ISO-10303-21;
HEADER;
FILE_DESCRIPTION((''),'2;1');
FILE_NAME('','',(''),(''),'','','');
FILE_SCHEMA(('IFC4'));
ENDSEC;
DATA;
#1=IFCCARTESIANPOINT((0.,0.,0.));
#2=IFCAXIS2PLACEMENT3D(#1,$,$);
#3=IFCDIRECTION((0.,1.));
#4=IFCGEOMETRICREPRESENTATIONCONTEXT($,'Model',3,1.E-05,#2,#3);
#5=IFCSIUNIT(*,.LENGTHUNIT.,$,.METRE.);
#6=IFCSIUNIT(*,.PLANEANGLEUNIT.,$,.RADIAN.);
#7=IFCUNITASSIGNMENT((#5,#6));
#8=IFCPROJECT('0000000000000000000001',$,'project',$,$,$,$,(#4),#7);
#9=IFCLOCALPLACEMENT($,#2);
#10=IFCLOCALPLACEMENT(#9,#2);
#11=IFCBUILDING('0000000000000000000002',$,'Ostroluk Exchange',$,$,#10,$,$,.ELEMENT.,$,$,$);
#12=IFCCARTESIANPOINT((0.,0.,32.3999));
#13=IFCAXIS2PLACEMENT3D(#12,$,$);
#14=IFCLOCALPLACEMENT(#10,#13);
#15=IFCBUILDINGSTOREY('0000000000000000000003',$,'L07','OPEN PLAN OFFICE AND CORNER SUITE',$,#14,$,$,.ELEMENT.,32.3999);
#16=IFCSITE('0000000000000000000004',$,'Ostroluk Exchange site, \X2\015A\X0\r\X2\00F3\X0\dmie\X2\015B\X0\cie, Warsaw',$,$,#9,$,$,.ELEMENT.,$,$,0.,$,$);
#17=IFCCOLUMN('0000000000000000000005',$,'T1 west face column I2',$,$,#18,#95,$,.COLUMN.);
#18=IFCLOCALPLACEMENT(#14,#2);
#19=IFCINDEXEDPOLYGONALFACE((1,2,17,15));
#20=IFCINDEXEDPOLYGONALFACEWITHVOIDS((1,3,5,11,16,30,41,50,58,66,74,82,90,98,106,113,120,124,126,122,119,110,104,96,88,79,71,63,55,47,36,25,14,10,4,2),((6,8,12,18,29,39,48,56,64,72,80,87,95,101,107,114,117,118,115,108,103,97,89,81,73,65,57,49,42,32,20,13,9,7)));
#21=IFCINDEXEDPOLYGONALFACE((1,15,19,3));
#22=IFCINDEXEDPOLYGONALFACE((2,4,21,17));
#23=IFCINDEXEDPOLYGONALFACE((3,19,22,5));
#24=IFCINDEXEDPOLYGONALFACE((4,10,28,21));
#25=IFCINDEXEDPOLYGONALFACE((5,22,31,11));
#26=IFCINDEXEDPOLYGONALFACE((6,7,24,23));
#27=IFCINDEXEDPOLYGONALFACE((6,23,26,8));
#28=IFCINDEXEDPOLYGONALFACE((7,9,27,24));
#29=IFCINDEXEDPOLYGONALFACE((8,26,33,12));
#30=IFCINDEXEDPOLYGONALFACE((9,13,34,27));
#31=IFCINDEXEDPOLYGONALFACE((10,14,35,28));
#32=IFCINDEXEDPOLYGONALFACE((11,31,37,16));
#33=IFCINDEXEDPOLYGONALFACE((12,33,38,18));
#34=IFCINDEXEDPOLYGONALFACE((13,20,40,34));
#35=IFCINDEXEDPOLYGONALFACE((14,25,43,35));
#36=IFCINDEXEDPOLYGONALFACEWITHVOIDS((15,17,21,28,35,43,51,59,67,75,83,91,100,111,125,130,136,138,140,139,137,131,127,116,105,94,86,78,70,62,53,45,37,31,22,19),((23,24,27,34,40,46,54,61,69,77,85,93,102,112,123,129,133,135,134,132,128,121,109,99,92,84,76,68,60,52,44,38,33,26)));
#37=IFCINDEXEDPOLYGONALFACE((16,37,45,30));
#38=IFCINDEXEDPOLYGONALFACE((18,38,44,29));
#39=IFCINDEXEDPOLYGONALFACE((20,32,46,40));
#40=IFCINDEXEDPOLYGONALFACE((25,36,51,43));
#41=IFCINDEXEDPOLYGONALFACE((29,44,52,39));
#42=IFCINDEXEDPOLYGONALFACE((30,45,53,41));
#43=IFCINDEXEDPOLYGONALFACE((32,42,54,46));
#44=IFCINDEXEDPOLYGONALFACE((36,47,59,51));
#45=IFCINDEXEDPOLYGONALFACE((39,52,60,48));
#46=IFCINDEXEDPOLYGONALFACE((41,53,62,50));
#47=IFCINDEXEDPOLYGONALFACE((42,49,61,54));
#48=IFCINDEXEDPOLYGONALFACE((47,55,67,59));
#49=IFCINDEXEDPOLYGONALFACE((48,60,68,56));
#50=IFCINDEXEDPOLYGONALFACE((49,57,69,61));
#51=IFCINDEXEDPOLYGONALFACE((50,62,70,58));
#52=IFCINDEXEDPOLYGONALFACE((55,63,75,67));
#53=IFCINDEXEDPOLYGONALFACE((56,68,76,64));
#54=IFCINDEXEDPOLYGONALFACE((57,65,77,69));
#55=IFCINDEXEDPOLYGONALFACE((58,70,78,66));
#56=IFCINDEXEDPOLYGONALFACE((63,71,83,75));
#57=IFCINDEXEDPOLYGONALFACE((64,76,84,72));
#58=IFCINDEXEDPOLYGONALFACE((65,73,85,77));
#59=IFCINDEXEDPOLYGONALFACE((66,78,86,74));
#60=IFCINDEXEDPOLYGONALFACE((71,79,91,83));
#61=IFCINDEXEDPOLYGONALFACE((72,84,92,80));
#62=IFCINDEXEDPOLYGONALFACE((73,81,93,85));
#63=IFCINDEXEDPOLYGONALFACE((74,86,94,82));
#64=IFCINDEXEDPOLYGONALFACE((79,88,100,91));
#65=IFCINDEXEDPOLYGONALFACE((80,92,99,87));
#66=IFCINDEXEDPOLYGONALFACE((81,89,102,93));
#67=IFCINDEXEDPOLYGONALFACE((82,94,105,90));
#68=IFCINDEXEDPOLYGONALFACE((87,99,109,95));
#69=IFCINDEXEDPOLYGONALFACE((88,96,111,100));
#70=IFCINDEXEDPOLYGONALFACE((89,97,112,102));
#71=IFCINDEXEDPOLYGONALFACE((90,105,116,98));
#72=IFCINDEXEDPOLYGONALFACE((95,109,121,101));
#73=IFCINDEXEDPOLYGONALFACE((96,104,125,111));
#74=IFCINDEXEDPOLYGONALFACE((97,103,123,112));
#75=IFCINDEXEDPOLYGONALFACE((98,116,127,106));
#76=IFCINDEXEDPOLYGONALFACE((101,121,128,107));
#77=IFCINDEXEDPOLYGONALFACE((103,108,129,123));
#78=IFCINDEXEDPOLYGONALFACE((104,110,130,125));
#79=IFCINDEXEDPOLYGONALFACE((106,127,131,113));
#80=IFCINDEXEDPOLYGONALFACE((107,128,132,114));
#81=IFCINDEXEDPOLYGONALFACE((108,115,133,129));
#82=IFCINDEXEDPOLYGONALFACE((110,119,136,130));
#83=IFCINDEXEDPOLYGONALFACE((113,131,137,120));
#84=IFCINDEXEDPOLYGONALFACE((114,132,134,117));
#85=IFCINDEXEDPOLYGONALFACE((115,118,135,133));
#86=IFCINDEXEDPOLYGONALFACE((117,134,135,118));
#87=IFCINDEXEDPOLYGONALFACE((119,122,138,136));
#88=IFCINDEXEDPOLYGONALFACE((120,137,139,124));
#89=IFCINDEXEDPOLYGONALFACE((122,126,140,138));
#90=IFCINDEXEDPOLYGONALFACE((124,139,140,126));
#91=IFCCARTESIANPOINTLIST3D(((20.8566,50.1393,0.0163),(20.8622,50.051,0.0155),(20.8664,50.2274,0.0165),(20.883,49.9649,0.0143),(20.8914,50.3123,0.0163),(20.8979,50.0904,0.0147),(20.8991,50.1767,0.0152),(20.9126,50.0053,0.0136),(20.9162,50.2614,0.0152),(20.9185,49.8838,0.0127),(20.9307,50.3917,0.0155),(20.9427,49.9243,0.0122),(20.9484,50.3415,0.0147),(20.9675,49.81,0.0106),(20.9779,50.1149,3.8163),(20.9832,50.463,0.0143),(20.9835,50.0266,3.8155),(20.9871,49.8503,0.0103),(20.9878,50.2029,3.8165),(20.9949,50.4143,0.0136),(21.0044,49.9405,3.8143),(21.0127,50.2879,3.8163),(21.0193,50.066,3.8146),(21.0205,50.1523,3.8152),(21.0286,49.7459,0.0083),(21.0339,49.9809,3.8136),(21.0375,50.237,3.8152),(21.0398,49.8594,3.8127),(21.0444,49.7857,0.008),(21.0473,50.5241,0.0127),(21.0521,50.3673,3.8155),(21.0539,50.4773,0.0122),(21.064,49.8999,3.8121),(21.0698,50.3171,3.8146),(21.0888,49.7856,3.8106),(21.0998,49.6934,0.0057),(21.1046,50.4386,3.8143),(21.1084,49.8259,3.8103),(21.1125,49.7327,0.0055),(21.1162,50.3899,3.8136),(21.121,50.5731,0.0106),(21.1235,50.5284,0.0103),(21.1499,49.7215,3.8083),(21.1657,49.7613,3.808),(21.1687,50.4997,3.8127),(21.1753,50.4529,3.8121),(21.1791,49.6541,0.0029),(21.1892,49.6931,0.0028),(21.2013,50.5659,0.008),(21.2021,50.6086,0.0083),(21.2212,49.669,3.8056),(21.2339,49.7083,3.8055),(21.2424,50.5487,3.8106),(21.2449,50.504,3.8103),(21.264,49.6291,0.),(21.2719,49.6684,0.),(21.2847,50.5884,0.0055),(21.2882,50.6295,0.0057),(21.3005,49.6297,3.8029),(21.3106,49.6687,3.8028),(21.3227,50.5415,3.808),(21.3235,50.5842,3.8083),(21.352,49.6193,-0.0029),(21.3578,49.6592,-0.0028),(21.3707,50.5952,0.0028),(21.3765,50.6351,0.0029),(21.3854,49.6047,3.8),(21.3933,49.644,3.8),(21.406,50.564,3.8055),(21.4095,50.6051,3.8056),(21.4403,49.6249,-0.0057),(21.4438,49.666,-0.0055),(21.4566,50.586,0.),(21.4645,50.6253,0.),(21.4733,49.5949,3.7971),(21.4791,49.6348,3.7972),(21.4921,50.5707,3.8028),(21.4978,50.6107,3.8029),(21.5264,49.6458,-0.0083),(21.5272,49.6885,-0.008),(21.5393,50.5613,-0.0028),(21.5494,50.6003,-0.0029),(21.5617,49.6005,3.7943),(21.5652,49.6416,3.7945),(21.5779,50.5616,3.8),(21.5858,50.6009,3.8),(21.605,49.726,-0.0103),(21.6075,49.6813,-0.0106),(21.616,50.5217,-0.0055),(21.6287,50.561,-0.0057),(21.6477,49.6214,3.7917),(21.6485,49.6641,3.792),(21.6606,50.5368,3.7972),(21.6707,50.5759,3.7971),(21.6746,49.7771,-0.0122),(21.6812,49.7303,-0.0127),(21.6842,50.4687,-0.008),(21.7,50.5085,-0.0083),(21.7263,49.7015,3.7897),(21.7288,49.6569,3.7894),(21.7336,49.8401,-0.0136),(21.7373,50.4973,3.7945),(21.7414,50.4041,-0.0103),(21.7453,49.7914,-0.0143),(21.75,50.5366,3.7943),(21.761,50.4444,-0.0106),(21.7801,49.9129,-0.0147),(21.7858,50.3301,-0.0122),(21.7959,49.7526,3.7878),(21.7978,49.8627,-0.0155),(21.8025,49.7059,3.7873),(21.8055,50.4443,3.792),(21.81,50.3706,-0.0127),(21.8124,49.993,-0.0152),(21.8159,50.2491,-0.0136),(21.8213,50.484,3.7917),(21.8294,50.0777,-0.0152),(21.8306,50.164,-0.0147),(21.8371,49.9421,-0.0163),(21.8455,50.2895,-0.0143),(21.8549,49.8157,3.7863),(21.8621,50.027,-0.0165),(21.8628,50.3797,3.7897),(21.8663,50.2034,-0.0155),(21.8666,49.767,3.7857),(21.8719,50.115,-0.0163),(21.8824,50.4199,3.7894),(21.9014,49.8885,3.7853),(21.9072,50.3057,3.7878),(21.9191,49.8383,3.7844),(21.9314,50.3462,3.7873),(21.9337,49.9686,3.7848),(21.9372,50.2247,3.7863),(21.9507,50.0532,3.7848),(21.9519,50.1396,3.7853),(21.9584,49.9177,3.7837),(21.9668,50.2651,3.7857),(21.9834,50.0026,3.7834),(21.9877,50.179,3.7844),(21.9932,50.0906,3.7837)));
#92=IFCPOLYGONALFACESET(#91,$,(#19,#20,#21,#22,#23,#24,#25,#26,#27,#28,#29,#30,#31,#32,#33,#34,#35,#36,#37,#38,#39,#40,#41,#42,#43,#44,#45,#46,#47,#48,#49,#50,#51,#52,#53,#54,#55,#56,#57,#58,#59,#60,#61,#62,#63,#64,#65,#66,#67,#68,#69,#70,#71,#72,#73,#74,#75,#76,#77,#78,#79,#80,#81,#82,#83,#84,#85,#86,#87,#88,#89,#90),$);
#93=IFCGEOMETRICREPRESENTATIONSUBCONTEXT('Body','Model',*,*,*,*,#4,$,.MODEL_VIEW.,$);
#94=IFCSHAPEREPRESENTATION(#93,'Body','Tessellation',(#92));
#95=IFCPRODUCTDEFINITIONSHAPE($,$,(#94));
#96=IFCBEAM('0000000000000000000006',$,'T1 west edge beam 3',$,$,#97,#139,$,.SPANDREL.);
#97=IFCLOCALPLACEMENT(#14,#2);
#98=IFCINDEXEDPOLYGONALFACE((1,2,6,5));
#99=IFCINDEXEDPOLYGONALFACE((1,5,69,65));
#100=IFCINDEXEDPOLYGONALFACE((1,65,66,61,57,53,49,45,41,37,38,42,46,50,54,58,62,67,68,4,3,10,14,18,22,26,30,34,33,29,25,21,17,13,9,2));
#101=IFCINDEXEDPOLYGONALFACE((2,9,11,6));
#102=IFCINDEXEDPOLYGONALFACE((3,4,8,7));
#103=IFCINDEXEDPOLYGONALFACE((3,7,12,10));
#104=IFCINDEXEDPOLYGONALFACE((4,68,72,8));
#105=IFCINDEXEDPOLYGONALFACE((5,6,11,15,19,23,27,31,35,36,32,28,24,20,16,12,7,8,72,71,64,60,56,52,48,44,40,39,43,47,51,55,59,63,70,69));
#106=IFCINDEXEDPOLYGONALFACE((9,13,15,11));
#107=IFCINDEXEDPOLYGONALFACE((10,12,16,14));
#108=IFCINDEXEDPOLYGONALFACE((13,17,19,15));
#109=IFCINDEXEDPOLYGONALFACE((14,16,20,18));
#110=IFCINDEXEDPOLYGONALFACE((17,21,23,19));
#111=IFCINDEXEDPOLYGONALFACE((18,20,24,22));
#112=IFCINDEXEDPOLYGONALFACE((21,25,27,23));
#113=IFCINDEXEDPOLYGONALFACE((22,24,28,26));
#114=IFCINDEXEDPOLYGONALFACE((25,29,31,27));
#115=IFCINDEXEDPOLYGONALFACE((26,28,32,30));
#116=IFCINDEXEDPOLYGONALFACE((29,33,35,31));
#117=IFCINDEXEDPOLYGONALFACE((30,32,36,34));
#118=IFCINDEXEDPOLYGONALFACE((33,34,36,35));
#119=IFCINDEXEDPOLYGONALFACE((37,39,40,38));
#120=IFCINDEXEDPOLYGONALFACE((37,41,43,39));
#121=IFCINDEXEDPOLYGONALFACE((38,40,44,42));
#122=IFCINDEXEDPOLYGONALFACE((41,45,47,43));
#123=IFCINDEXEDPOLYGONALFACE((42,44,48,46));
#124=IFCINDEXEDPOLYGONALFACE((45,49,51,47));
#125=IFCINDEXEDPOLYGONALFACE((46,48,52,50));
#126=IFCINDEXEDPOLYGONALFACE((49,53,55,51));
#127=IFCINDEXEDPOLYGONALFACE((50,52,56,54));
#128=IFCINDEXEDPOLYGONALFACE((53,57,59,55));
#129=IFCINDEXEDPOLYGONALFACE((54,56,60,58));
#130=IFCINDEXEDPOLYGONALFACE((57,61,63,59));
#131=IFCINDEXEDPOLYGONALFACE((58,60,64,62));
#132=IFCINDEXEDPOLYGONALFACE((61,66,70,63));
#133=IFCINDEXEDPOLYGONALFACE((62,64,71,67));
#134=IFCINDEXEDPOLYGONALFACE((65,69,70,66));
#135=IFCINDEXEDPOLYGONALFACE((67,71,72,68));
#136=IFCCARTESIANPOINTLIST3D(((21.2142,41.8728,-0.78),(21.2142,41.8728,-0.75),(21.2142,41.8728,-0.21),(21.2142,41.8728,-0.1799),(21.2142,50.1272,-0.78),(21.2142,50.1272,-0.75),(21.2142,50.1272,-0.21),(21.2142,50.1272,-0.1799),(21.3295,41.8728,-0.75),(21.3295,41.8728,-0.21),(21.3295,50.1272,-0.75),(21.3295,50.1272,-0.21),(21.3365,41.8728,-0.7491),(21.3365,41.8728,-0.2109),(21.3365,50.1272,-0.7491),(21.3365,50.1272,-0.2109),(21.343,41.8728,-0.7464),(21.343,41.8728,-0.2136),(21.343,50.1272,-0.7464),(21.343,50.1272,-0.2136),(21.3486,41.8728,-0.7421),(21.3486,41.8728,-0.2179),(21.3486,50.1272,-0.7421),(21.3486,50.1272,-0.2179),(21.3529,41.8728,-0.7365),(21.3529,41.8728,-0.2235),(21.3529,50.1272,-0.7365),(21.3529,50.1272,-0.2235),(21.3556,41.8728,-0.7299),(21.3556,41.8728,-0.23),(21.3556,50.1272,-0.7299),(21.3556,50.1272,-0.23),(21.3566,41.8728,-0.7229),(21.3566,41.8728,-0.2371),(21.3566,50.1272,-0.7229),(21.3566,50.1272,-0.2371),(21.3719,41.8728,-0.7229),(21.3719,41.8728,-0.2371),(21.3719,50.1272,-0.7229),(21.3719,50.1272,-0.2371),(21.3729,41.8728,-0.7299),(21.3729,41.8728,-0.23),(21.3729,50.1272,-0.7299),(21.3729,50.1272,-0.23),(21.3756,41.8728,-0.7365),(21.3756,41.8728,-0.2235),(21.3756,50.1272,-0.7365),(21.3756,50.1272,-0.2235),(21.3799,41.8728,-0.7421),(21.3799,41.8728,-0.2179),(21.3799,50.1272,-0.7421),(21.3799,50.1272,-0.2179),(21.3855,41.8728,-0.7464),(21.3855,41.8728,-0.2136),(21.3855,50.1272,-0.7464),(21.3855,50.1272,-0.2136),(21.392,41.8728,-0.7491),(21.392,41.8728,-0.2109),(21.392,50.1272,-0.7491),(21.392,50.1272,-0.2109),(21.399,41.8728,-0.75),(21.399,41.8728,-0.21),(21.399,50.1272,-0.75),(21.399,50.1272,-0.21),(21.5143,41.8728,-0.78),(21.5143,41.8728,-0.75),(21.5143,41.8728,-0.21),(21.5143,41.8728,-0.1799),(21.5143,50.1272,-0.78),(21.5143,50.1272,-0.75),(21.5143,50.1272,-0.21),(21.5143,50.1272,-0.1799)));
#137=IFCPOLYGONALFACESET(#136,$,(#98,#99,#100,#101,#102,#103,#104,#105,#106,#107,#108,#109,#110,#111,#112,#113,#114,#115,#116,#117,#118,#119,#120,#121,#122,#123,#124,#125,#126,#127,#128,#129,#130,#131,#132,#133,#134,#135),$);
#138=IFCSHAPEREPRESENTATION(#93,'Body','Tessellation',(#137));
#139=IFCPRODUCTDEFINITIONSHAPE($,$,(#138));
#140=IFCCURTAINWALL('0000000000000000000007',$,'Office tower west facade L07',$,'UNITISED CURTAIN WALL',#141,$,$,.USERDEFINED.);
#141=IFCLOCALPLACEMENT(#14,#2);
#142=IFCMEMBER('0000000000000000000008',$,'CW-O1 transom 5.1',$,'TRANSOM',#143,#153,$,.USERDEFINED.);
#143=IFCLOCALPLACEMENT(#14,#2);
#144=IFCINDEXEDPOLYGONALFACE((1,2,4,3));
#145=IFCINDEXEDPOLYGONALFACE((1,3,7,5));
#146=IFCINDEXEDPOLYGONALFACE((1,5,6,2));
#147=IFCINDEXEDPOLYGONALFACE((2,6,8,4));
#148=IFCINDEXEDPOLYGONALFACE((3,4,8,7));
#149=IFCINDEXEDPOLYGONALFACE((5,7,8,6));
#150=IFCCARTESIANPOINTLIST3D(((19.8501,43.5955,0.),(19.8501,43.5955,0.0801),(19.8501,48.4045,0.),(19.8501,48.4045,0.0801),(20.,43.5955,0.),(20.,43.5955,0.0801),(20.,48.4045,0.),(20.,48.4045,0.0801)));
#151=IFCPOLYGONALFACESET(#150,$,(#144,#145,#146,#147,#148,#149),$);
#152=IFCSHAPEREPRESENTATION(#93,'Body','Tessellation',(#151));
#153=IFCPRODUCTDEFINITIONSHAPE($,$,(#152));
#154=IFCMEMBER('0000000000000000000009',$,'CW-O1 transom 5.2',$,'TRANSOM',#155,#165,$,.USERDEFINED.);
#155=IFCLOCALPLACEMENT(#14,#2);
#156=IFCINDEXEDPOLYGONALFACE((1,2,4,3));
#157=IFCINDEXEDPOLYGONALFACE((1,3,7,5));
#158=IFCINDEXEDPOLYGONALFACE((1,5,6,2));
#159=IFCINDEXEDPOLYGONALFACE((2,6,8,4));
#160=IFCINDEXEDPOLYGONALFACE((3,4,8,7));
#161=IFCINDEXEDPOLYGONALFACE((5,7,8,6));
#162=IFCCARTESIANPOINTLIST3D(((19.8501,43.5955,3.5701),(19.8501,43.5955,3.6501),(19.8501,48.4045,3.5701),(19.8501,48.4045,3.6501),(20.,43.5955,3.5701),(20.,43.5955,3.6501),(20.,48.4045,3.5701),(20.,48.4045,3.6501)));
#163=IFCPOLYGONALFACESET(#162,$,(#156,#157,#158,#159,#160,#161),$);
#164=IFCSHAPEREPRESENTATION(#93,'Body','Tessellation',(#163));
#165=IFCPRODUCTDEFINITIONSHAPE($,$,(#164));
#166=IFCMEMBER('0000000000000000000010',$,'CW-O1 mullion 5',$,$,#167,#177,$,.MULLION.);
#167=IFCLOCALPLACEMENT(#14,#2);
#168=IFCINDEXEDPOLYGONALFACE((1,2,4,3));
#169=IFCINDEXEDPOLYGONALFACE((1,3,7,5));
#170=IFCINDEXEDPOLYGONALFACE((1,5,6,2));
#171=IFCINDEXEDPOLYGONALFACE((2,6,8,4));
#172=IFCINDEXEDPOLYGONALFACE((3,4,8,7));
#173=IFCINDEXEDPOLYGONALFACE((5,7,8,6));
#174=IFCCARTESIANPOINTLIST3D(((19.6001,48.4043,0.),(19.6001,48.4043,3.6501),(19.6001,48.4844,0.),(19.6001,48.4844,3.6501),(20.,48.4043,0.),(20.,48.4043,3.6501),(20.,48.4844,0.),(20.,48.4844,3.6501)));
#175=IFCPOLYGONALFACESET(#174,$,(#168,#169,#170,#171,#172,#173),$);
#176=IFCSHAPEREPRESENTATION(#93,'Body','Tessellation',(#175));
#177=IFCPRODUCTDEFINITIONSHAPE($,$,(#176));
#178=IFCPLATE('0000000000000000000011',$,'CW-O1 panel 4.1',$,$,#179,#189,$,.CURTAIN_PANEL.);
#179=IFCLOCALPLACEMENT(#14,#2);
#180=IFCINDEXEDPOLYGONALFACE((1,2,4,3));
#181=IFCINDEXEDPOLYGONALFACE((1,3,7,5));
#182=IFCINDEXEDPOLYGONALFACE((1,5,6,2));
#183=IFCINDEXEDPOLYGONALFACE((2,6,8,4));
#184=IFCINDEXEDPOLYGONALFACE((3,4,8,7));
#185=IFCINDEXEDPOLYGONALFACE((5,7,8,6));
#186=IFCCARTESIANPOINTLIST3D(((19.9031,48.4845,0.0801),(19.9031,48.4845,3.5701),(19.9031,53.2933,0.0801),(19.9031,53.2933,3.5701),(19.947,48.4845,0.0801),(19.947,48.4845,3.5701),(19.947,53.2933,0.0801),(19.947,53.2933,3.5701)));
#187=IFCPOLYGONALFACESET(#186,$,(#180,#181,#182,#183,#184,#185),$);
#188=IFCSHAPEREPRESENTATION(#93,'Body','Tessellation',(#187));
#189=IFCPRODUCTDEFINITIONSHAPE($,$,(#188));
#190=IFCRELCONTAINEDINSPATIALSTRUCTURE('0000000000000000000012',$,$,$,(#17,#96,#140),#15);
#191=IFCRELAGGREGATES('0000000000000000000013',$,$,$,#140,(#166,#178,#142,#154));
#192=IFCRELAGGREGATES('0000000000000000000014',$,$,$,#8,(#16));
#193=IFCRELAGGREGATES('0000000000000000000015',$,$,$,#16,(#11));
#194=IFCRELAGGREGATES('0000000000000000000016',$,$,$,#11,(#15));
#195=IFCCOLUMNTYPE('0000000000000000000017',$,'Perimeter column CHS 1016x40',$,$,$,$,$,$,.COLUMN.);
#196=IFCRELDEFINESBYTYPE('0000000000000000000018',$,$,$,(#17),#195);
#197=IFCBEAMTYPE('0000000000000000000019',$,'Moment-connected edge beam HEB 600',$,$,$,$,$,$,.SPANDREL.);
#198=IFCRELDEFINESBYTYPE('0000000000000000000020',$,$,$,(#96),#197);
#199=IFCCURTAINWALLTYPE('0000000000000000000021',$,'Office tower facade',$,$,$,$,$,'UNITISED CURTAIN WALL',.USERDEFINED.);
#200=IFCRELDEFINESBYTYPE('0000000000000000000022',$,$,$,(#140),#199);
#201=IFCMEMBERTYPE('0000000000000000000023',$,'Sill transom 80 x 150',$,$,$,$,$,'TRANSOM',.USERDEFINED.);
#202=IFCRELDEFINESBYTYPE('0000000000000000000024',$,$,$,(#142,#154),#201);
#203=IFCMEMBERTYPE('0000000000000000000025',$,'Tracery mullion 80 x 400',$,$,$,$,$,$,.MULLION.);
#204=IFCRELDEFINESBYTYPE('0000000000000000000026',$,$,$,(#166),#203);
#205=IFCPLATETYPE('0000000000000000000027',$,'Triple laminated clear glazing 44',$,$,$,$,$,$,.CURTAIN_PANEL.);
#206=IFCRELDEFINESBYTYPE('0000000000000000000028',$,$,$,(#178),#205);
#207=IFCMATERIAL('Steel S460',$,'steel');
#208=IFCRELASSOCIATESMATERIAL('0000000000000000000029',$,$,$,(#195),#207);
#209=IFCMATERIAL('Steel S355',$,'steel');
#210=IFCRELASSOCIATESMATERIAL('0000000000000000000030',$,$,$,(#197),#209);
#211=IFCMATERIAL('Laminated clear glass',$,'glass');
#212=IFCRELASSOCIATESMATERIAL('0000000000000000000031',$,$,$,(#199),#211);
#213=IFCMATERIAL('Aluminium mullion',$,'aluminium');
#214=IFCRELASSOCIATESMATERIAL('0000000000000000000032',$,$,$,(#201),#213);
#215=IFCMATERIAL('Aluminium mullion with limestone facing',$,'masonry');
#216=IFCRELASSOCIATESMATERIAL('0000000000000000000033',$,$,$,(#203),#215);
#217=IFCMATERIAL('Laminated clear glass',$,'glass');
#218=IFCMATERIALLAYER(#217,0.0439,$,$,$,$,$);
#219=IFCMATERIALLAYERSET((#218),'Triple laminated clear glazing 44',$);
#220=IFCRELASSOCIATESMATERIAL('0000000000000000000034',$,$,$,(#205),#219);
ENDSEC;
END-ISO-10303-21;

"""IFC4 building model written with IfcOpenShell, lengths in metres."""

from ifc_helpers import new_model, si_unit, direction, frame, origin, origin_2d, place, context, subcontext, project, spatial, rectangle, hollow_circle, i_section, extrude, material, layer, layer_set, material_profile, profile_set, type_object, element, aggregate, save


model = new_model("IFC4")

# Units and contexts
model_context = context("Model", 3, precision=1e-05, world=origin(), true_north=direction((0.0, 1.0)))
body_context = subcontext(model_context, "Body", "Model", "MODEL_VIEW")
ifc_project = project(units=[si_unit("LENGTHUNIT", "METRE"), si_unit("PLANEANGLEUNIT", "RADIAN")], contexts=[model_context])

# Site, building, storey
site_placement = place(None, origin())
site = spatial("IfcSite", under=ifc_project, at=site_placement, Name="Ostroluk Exchange site, Śródmieście, Warsaw", CompositionType="ELEMENT", RefElevation=0.0)
building_placement = place(site_placement, origin())
building = spatial("IfcBuilding", under=site, at=building_placement, Name="Ostroluk Exchange", CompositionType="ELEMENT")
storey_placement = place(building_placement, frame((0.0, 0.0, 32.3999)))
storey = spatial("IfcBuildingStorey", under=building, at=storey_placement, Name="L07", Description="OPEN PLAN OFFICE AND CORNER SUITE", CompositionType="ELEMENT", Elevation=32.3999)

# Column
ifc_material_1 = material(Name="Steel S460", Category="steel")
ifc_material_profile_1 = material_profile(ifc_material_1, hollow_circle(Radius=0.5081, WallThickness=0.04, at=origin_2d()), Name="CHS 1016x40")
ifc_profile_set_1 = profile_set([ifc_material_profile_1], Name="Steel S460")
column_type = type_object("IfcColumnType", Name="Perimeter column CHS 1016x40", PredefinedType="COLUMN", material=ifc_profile_set_1)
column_placement = place(storey_placement, frame((21.3643, 50.1272, 0.0), z_axis=(0.031914, -0.006421, 0.99947), x_axis=(0.197254, 0.980352, 0.0)))
element("IfcColumn", 1, at=column_placement, inside=storey, type_object=column_type, Name="T1 west face column I2", PredefinedType="COLUMN", context=body_context, shape_type="SweptSolid", body=[
    extrude(hollow_circle(Radius=0.5081, WallThickness=0.04, at=origin_2d()), origin(), (0.0, 0.0, 1.0), 3.802),
])

# Beam
ifc_material_2 = material(Name="Steel S355", Category="steel")
ifc_material_profile_2 = material_profile(ifc_material_2, i_section(OverallWidth=0.3, OverallDepth=0.6001, WebThickness=0.0154, FlangeThickness=0.03, FilletRadius=0.0271, at=origin_2d()), Name="HEB 600")
ifc_profile_set_2 = profile_set([ifc_material_profile_2], Name="Steel S355")
beam_type = type_object("IfcBeamType", Name="Moment-connected edge beam HEB 600", PredefinedType="SPANDREL", material=ifc_profile_set_2)
beam_placement = place(storey_placement, frame((21.3643, 50.1272, -0.48), z_axis=(0.0, -1.0, 0.0), x_axis=(1.0, 0.0, 0.0)))
element("IfcBeam", 2, at=beam_placement, inside=storey, type_object=beam_type, Name="T1 west edge beam 3", PredefinedType="SPANDREL", context=body_context, shape_type="SweptSolid", body=[
    extrude(i_section(OverallWidth=0.3, OverallDepth=0.6001, WebThickness=0.0154, FlangeThickness=0.03, FilletRadius=0.0271, at=origin_2d()), origin(), (0.0, 0.0, 1.0), 8.2544),
])

# Curtain wall, members, plate
ifc_material_3 = material(Name="Laminated clear glass", Category="glass")
curtain_wall_type = type_object("IfcCurtainWallType", Name="Office tower facade", ElementType="UNITISED CURTAIN WALL", PredefinedType="USERDEFINED", material=ifc_material_3)
curtain_wall_placement = place(storey_placement, origin())
curtain_wall = element("IfcCurtainWall", 3, at=curtain_wall_placement, inside=storey, type_object=curtain_wall_type, Name="Office tower west facade L07", ObjectType="UNITISED CURTAIN WALL", PredefinedType="USERDEFINED")
ifc_material_4 = material(Name="Aluminium mullion", Category="aluminium")
ifc_material_profile_3 = material_profile(ifc_material_4, rectangle(XDim=0.1499, YDim=0.0801, at=origin_2d()), Name="Sill transom 80 x 150")
ifc_profile_set_3 = profile_set([ifc_material_profile_3], Name="Aluminium mullion")
member_type_1 = type_object("IfcMemberType", Name="Sill transom 80 x 150", ElementType="TRANSOM", PredefinedType="USERDEFINED", material=ifc_profile_set_3)
member_1_placement = place(storey_placement, frame((19.925, 48.4045, 0.04), z_axis=(0.0, -1.0, 0.0), x_axis=(1.0, 0.0, 0.0)))
member_1 = element("IfcMember", 4, at=member_1_placement, type_object=member_type_1, Name="CW-O1 transom 5.1", ObjectType="TRANSOM", PredefinedType="USERDEFINED", context=body_context, shape_type="SweptSolid", body=[
    extrude(rectangle(XDim=0.1499, YDim=0.0801, at=origin_2d()), origin(), (0.0, 0.0, 1.0), 4.8091),
])
member_2_placement = place(storey_placement, frame((19.925, 48.4045, 3.6101), z_axis=(0.0, -1.0, 0.0), x_axis=(1.0, 0.0, 0.0)))
member_2 = element("IfcMember", 5, at=member_2_placement, type_object=member_type_1, Name="CW-O1 transom 5.2", ObjectType="TRANSOM", PredefinedType="USERDEFINED", context=body_context, shape_type="SweptSolid", body=[
    extrude(rectangle(XDim=0.1499, YDim=0.0801, at=origin_2d()), origin(), (0.0, 0.0, 1.0), 4.8091),
])
ifc_material_5 = material(Name="Aluminium mullion with limestone facing", Category="masonry")
ifc_material_profile_4 = material_profile(ifc_material_5, rectangle(XDim=0.3999, YDim=0.0801, at=origin_2d()), Name="Tracery mullion 80 x 400")
ifc_profile_set_4 = profile_set([ifc_material_profile_4], Name="Aluminium mullion with limestone facing")
member_type_2 = type_object("IfcMemberType", Name="Tracery mullion 80 x 400", PredefinedType="MULLION", material=ifc_profile_set_4)
member_3_placement = place(storey_placement, frame((19.8, 48.4443, 0.0), z_axis=(0.0, 0.0, 1.0), x_axis=(1.0, 0.0, 0.0)))
member_3 = element("IfcMember", 6, at=member_3_placement, type_object=member_type_2, Name="CW-O1 mullion 5", PredefinedType="MULLION", context=body_context, shape_type="SweptSolid", body=[
    extrude(rectangle(XDim=0.3999, YDim=0.0801, at=origin_2d()), origin(), (0.0, 0.0, 1.0), 3.6501),
])
ifc_material_6 = material(Name="Laminated clear glass", Category="glass")
ifc_layer_1 = layer(ifc_material_6, 0.0439)
ifc_layer_set_1 = layer_set([ifc_layer_1], Name="Triple laminated clear glazing 44")
plate_type = type_object("IfcPlateType", Name="Triple laminated clear glazing 44", PredefinedType="CURTAIN_PANEL", material=ifc_layer_set_1)
plate_1_placement = place(storey_placement, frame((19.925, 50.8889, 0.0801), z_axis=(0.0, 0.0, 1.0), x_axis=(0.0, -1.0, 0.0)))
plate_1 = element("IfcPlate", 7, at=plate_1_placement, type_object=plate_type, Name="CW-O1 panel 4.1", PredefinedType="CURTAIN_PANEL", context=body_context, shape_type="SweptSolid", body=[
    extrude(rectangle(XDim=4.8088, YDim=0.0439, at=origin_2d()), origin(), (0.0, 0.0, 1.0), 3.49),
])
aggregate(curtain_wall, [member_3, plate_1, member_1, member_2])

save(model, "model.ifc")
